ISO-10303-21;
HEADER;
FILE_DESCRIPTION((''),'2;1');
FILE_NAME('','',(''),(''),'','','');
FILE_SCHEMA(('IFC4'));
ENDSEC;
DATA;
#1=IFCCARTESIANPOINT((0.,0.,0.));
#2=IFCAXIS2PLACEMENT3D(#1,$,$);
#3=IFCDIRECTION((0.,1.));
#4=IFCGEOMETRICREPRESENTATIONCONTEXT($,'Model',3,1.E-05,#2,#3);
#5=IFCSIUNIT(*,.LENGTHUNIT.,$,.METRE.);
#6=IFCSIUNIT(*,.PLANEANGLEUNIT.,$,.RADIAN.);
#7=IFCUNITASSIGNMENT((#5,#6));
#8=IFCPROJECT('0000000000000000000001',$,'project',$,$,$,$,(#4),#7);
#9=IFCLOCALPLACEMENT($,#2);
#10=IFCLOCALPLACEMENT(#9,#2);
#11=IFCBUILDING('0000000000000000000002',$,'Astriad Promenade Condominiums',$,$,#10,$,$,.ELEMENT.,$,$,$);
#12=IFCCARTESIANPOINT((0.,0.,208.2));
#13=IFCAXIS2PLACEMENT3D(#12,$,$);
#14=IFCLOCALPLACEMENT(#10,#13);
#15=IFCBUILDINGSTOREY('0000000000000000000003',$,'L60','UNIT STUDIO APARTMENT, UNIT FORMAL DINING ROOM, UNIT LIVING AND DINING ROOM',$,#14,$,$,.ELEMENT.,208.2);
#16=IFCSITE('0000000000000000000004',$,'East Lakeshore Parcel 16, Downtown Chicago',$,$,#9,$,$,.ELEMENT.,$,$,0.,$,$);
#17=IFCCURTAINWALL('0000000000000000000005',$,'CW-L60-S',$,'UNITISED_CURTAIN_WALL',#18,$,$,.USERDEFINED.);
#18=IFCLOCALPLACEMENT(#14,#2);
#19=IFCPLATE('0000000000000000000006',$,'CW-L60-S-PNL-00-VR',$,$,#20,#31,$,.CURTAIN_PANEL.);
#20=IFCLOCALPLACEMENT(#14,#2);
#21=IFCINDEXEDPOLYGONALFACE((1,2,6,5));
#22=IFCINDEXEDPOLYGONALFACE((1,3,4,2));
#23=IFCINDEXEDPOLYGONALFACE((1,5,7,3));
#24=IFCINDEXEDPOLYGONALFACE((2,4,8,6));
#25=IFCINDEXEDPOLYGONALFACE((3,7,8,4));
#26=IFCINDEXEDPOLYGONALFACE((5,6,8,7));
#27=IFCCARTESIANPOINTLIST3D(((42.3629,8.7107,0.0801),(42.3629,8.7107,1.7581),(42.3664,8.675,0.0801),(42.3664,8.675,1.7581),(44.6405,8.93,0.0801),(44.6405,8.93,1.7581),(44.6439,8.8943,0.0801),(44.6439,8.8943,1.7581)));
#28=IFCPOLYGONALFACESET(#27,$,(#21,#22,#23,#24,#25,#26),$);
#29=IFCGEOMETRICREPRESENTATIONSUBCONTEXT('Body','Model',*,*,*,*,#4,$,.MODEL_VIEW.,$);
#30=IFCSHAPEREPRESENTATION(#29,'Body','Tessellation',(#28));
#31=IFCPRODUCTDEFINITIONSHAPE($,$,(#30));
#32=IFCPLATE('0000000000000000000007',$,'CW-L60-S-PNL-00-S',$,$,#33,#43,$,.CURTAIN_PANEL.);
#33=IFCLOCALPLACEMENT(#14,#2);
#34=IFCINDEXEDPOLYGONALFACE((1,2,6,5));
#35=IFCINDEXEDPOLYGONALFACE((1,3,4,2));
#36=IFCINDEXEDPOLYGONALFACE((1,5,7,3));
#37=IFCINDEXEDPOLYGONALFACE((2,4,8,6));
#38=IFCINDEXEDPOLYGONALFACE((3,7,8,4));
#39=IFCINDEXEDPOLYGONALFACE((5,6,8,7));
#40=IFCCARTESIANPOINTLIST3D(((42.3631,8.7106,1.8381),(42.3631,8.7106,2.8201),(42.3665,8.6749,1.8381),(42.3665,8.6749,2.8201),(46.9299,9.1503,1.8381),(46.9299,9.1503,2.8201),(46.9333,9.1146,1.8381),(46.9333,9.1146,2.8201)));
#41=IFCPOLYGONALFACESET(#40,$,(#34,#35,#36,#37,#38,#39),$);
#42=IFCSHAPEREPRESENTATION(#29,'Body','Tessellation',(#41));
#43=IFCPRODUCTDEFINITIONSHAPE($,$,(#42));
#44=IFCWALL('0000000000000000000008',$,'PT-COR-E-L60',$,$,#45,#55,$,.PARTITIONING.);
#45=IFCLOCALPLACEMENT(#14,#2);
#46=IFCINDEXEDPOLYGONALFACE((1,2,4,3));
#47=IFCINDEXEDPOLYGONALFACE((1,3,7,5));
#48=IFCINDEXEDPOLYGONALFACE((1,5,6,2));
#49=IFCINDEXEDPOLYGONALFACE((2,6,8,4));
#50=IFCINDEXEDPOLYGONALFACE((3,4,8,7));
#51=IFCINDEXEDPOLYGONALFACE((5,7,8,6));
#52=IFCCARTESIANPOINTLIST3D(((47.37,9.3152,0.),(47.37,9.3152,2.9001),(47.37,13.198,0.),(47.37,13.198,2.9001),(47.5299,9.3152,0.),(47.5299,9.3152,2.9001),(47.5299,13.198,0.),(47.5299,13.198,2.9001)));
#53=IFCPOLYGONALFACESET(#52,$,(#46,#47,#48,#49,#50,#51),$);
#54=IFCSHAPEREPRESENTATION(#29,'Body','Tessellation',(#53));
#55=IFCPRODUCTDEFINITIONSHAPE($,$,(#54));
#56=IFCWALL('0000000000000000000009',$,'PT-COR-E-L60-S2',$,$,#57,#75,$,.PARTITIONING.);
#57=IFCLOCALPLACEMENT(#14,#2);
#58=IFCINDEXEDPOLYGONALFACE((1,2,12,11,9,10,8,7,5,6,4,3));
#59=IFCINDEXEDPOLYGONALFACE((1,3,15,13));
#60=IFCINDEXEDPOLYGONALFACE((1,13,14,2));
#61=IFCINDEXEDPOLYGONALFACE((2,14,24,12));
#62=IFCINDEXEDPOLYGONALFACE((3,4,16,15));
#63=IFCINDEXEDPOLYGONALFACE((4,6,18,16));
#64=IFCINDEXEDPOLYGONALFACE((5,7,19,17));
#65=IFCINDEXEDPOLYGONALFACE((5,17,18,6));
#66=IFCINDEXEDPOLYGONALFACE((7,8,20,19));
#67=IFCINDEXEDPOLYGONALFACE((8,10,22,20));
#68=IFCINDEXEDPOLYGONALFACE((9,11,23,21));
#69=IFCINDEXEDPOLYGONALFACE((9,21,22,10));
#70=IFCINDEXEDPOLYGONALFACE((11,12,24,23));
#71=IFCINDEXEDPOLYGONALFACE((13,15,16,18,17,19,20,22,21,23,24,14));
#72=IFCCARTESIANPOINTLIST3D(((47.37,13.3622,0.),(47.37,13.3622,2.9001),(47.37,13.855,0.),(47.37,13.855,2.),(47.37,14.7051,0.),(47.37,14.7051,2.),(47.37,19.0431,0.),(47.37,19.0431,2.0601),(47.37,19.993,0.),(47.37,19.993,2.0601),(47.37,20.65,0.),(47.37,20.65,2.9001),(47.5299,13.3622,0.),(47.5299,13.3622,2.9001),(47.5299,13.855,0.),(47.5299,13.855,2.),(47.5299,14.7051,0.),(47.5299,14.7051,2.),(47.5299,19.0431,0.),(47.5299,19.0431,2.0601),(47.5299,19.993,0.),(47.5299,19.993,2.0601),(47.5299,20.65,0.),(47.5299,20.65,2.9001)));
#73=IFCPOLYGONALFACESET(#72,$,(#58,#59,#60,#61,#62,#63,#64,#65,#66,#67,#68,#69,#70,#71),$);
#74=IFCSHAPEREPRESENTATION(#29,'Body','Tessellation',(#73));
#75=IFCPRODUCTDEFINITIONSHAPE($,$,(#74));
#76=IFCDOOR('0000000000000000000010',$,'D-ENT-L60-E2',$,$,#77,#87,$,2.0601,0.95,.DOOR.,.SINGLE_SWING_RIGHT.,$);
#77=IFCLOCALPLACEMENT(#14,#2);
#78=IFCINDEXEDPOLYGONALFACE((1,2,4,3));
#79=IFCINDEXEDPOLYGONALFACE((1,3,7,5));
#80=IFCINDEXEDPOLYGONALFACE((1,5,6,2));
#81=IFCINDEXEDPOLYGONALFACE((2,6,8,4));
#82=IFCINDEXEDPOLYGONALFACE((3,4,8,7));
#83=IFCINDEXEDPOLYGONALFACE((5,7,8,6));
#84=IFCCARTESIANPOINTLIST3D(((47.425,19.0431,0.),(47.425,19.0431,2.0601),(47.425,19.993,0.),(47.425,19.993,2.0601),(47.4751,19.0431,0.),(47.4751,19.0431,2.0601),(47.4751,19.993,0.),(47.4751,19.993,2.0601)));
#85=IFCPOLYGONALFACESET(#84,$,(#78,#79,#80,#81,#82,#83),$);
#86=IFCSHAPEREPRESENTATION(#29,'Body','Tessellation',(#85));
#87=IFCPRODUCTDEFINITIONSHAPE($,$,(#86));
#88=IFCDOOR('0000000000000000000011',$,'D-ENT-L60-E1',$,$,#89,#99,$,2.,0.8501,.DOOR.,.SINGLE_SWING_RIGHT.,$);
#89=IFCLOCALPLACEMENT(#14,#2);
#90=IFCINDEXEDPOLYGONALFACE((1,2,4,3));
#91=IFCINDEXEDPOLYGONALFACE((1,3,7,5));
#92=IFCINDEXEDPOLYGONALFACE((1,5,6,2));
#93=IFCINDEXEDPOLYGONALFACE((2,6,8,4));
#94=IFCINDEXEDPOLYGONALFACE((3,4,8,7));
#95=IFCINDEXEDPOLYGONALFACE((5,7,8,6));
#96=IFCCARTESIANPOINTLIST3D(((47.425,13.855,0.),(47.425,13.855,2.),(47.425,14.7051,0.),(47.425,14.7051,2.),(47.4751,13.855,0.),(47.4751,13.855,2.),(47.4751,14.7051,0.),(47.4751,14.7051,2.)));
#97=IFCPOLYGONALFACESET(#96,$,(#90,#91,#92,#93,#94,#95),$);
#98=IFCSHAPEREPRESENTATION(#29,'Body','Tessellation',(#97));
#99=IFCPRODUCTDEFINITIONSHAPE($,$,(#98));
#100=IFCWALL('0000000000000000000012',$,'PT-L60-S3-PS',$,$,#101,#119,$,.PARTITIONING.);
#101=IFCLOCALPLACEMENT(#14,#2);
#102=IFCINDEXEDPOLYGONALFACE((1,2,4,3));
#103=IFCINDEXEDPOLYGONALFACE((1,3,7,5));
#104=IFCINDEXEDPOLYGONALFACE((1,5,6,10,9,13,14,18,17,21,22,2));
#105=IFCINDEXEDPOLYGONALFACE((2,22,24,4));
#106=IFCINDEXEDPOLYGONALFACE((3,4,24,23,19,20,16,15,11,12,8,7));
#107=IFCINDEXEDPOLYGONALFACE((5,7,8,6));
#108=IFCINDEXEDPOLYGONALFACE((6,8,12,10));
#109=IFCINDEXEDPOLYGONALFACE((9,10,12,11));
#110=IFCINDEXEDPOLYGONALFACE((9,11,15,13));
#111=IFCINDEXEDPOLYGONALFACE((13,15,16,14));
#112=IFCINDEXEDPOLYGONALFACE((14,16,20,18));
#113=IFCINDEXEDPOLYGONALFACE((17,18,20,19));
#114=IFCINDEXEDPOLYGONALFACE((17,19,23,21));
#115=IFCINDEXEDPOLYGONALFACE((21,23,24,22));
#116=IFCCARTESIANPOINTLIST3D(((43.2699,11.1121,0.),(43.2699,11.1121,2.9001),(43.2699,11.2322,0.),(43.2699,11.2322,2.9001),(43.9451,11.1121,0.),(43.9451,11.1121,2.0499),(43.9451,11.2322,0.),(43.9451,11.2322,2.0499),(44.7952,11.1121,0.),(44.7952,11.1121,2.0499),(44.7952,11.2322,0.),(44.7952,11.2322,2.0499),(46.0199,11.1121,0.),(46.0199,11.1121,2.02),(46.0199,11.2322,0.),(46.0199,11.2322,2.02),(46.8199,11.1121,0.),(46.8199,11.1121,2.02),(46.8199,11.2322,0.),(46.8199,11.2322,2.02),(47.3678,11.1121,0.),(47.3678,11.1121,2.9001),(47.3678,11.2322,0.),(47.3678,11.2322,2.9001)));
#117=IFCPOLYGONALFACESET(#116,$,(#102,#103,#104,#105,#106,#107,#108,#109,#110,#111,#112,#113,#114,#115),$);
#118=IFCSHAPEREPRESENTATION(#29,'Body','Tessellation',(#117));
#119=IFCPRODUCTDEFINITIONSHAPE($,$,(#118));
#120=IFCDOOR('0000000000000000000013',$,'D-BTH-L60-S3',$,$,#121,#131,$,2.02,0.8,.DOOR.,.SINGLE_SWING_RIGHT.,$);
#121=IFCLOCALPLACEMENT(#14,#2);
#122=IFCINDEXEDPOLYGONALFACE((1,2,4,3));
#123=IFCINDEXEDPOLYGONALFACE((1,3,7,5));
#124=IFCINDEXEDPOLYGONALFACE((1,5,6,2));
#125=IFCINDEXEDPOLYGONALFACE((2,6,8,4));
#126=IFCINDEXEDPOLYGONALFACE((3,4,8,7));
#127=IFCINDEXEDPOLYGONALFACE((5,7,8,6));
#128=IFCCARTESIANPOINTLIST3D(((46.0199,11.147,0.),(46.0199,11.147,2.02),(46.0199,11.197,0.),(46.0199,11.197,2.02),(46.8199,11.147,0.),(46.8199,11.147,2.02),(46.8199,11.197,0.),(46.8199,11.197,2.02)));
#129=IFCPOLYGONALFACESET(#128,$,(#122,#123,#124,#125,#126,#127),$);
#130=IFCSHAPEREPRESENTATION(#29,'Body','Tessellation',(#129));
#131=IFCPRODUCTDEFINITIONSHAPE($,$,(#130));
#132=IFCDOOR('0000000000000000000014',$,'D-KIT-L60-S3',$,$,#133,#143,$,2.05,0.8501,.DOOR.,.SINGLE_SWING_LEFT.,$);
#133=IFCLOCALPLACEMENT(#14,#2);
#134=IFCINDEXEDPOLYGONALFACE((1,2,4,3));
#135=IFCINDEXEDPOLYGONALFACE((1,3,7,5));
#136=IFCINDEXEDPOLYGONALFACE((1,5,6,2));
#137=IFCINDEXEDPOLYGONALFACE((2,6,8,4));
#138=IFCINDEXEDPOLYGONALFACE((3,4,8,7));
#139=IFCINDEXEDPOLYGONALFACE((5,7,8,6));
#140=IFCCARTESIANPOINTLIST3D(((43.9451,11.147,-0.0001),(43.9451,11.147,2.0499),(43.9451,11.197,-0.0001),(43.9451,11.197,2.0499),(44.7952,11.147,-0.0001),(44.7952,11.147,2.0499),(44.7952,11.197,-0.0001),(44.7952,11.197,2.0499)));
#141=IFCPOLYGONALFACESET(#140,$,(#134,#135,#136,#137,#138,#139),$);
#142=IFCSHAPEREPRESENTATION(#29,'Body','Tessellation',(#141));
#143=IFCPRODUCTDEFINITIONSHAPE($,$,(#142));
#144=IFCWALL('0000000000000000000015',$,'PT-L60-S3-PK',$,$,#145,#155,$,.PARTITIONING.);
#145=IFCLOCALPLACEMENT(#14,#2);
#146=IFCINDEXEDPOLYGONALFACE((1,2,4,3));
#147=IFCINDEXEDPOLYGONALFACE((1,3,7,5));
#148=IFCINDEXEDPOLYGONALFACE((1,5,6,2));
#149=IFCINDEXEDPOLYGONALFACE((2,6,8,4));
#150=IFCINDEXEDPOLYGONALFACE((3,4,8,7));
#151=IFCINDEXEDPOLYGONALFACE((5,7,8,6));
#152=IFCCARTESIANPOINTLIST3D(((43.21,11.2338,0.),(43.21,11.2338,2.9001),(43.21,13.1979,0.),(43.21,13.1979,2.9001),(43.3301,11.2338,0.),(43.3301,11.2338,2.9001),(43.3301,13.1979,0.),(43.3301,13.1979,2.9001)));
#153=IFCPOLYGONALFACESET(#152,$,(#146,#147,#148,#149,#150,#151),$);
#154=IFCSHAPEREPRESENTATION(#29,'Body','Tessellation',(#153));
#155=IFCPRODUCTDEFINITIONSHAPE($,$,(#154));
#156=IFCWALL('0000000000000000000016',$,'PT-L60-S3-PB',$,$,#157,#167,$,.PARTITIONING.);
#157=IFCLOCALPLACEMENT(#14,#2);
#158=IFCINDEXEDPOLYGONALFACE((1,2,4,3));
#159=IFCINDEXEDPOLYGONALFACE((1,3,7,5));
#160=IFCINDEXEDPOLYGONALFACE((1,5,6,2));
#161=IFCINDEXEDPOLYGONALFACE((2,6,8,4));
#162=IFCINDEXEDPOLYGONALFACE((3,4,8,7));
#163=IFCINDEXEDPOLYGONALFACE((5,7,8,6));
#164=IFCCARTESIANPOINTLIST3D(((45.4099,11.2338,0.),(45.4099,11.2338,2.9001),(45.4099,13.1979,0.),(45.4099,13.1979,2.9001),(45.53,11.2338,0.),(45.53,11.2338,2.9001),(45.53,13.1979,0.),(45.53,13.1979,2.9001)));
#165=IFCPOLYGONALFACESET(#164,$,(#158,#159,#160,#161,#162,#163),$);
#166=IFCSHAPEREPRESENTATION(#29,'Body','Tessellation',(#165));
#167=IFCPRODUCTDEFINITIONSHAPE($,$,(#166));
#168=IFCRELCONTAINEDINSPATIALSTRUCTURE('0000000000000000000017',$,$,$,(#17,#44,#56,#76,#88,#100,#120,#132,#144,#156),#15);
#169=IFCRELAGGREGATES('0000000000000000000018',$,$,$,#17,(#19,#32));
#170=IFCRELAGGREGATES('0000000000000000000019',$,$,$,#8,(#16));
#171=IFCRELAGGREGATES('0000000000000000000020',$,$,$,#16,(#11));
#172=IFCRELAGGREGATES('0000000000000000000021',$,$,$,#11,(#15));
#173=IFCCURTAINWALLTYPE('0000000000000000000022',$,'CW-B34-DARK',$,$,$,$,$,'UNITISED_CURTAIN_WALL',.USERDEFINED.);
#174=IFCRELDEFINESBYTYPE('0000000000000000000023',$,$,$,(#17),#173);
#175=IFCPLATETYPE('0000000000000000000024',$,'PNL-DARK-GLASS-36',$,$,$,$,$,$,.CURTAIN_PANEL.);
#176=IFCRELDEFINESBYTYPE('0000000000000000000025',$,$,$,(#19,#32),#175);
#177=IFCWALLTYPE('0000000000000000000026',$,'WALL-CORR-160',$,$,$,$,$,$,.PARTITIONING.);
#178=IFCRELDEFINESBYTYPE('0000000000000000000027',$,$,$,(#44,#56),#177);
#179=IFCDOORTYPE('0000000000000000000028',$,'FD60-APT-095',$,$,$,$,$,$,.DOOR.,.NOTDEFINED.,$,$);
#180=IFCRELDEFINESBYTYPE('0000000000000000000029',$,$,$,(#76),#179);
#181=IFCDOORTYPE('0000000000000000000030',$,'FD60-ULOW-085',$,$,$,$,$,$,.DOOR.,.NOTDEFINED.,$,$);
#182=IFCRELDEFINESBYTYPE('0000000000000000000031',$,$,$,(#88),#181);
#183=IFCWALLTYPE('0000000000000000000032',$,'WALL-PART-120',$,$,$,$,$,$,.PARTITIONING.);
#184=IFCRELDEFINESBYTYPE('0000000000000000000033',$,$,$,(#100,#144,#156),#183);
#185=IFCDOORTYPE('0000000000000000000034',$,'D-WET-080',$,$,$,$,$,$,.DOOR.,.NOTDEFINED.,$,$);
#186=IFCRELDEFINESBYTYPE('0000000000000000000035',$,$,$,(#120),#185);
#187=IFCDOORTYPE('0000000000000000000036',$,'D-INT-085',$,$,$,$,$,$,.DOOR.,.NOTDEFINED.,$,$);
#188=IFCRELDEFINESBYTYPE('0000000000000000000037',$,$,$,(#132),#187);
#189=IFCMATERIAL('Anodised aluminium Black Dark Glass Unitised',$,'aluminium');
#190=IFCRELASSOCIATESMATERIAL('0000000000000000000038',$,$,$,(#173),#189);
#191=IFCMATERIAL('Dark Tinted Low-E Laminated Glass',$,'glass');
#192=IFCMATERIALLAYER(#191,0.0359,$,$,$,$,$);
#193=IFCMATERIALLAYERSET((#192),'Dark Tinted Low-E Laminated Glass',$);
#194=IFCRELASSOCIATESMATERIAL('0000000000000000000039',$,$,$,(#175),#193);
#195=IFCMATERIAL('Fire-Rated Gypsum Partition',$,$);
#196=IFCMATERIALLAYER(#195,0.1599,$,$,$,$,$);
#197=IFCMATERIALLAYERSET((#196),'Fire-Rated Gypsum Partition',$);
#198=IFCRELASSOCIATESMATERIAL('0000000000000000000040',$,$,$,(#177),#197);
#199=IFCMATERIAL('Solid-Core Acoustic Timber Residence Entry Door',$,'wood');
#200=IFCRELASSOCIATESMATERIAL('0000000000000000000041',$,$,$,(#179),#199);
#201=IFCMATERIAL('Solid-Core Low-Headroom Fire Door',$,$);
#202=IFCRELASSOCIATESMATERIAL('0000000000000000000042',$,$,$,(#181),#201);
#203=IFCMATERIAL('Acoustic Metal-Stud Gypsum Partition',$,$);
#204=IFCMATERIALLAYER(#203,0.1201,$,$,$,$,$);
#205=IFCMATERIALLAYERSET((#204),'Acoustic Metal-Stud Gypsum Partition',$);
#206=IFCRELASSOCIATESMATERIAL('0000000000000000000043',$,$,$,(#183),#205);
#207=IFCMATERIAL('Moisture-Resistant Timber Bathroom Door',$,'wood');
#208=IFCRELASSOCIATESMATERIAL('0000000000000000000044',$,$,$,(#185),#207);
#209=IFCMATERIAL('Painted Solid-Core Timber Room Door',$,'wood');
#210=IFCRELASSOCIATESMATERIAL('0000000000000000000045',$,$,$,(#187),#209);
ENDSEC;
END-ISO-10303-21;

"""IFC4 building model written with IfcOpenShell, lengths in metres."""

from ifc_helpers import new_model, si_unit, direction, frame, frame_2d, origin, origin_2d, place, context, subcontext, project, spatial, rectangle, extrude, source, transform, mapped, material, layer, layer_set, type_object, type_shapes, element, fill, aggregate, save


model = new_model("IFC4")

# Units and contexts
model_context = context("Model", 3, precision=1e-05, world=origin(), true_north=direction((0.0, 1.0)))
body_context = subcontext(model_context, "Body", "Model", "MODEL_VIEW")
ifc_project = project(units=[si_unit("LENGTHUNIT", "METRE"), si_unit("PLANEANGLEUNIT", "RADIAN")], contexts=[model_context])

# Site, building, storey
site_placement = place(None, origin())
site = spatial("IfcSite", under=ifc_project, at=site_placement, Name="East Lakeshore Parcel 16, Downtown Chicago", CompositionType="ELEMENT", RefElevation=0.0)
building_placement = place(site_placement, origin())
building = spatial("IfcBuilding", under=site, at=building_placement, Name="Astriad Promenade Condominiums", CompositionType="ELEMENT")
storey_placement = place(building_placement, frame((0.0, 0.0, 208.2)))
storey = spatial("IfcBuildingStorey", under=building, at=storey_placement, Name="L60", Description="UNIT STUDIO APARTMENT, UNIT FORMAL DINING ROOM, UNIT LIVING AND DINING ROOM", CompositionType="ELEMENT", Elevation=208.2)

# Curtain wall, plates
ifc_material_1 = material(Name="Anodised aluminium Black Dark Glass Unitised", Category="aluminium")
curtain_wall_type = type_object("IfcCurtainWallType", Name="CW-B34-DARK", ElementType="UNITISED_CURTAIN_WALL", PredefinedType="USERDEFINED", material=ifc_material_1)
curtain_wall_placement = place(storey_placement, origin())
curtain_wall = element("IfcCurtainWall", 1, at=curtain_wall_placement, inside=storey, type_object=curtain_wall_type, Name="CW-L60-S", ObjectType="UNITISED_CURTAIN_WALL", PredefinedType="USERDEFINED")
ifc_material_2 = material(Name="Dark Tinted Low-E Laminated Glass", Category="glass")
ifc_layer_1 = layer(ifc_material_2, 0.0359)
ifc_layer_set_1 = layer_set([ifc_layer_1], Name="Dark Tinted Low-E Laminated Glass")
plate_type = type_object("IfcPlateType", Name="PNL-DARK-GLASS-36", PredefinedType="CURTAIN_PANEL", material=ifc_layer_set_1)
shared_shape_1 = source(origin(), body_context, "Body", "SweptSolid", [
    extrude(rectangle(XDim=2.2881, YDim=0.0359, at=origin_2d()), origin(), (0.0, 0.0, 1.0), 1.678),
])
plate_1_placement = place(storey_placement, frame((43.5034, 8.8025, 0.0801), z_axis=(0.0, 0.0, 1.0), x_axis=(-0.995396, -0.095846, 0.0)))
plate_1 = element("IfcPlate", 2, at=plate_1_placement, type_object=plate_type, Name="CW-L60-S-PNL-00-VR", PredefinedType="CURTAIN_PANEL", context=body_context, shape_type="MappedRepresentation", body=[
    mapped(shared_shape_1, transform((0.0, 0.0, 0.0), scale=1.0)),
])
shared_shape_2 = source(origin(), body_context, "Body", "SweptSolid", [
    extrude(rectangle(XDim=4.5879, YDim=0.0359, at=origin_2d()), origin(), (0.0, 0.0, 1.0), 0.9819),
])
type_shapes(plate_type, [shared_shape_1, shared_shape_2])
plate_2_placement = place(storey_placement, frame((44.6482, 8.9126, 1.8381), z_axis=(0.0, 0.0, 1.0), x_axis=(-0.995396, -0.095846, 0.0)))
plate_2 = element("IfcPlate", 3, at=plate_2_placement, type_object=plate_type, Name="CW-L60-S-PNL-00-S", PredefinedType="CURTAIN_PANEL", context=body_context, shape_type="MappedRepresentation", body=[
    mapped(shared_shape_2, transform((0.0, 0.0, 0.0), scale=1.0)),
])
aggregate(curtain_wall, [plate_1, plate_2])

# Wall
ifc_material_3 = material(Name="Fire-Rated Gypsum Partition")
ifc_layer_2 = layer(ifc_material_3, 0.1599)
ifc_layer_set_2 = layer_set([ifc_layer_2], Name="Fire-Rated Gypsum Partition")
wall_type_1 = type_object("IfcWallType", Name="WALL-CORR-160", PredefinedType="PARTITIONING", material=ifc_layer_set_2)
wall_1_placement = place(storey_placement, frame((47.45, 9.3152, 0.0), z_axis=(0.0, 0.0, 1.0), x_axis=(0.0, 1.0, 0.0)))
element("IfcWall", 4, at=wall_1_placement, inside=storey, type_object=wall_type_1, Name="PT-COR-E-L60", PredefinedType="PARTITIONING", context=body_context, shape_type="SweptSolid", body=[
    extrude(rectangle(XDim=3.8828, YDim=0.1599, at=frame_2d((1.9414, 0.0))), origin(), (0.0, 0.0, 1.0), 2.9001),
])

# Walls, openings, doors
wall_2_placement = place(storey_placement, frame((47.45, 13.3621, 0.0), z_axis=(0.0, 0.0, 1.0), x_axis=(0.0, 1.0, 0.0)))
wall_2 = element("IfcWall", 5, at=wall_2_placement, inside=storey, type_object=wall_type_1, Name="PT-COR-E-L60-S2", PredefinedType="PARTITIONING", context=body_context, shape_type="SweptSolid", body=[
    extrude(rectangle(XDim=7.2878, YDim=0.1599, at=frame_2d((3.644, 0.0))), origin(), (0.0, 0.0, 1.0), 2.9001),
])
opening_1_placement = place(wall_2_placement, frame((0.4929, 0.0, 0.0)))
opening_1 = element("IfcOpeningElement", 6, at=opening_1_placement, cuts=wall_2, PredefinedType="OPENING", context=body_context, shape_type="SweptSolid", body=[
    extrude(rectangle(XDim=0.8501, YDim=2.0, at=frame_2d((0.425, 1.0))), frame((0.0, 0.0898, 0.0), z_axis=(0.0, -1.0, 0.0), x_axis=(1.0, 0.0, 0.0)), (0.0, 0.0, 1.0), 0.1799),
])
opening_2_placement = place(wall_2_placement, frame((5.6809, 0.0, 0.0)))
opening_2 = element("IfcOpeningElement", 7, at=opening_2_placement, cuts=wall_2, PredefinedType="OPENING", context=body_context, shape_type="SweptSolid", body=[
    extrude(rectangle(XDim=0.95, YDim=2.0601, at=frame_2d((0.4751, 1.03))), frame((0.0, 0.0898, 0.0), z_axis=(0.0, -1.0, 0.0), x_axis=(1.0, 0.0, 0.0)), (0.0, 0.0, 1.0), 0.1799),
])
ifc_material_4 = material(Name="Solid-Core Acoustic Timber Residence Entry Door", Category="wood")
door_type_1 = type_object("IfcDoorType", Name="FD60-APT-095", OperationType="NOTDEFINED", PredefinedType="DOOR", material=ifc_material_4)
shared_shape_3 = source(origin(), body_context, "Body", "SweptSolid", [
    extrude(rectangle(XDim=0.95, YDim=2.0601, at=frame_2d((0.4751, 1.03))), frame((0.0, 0.0249, 0.0), z_axis=(0.0, -1.0, 0.0), x_axis=(1.0, 0.0, 0.0)), (0.0, 0.0, 1.0), 0.05),
])
type_shapes(door_type_1, [shared_shape_3])
door_1_placement = place(opening_2_placement, origin())
door_1 = element("IfcDoor", 8, at=door_1_placement, inside=storey, type_object=door_type_1, Name="D-ENT-L60-E2", OperationType="SINGLE_SWING_RIGHT", OverallHeight=2.0601, OverallWidth=0.95, PredefinedType="DOOR", context=body_context, shape_type="MappedRepresentation", body=[
    mapped(shared_shape_3, transform((0.0, 0.0, 0.0), scale=1.0)),
])
fill(opening_2, door_1)
ifc_material_5 = material(Name="Solid-Core Low-Headroom Fire Door")
door_type_2 = type_object("IfcDoorType", Name="FD60-ULOW-085", OperationType="NOTDEFINED", PredefinedType="DOOR", material=ifc_material_5)
shared_shape_4 = source(origin(), body_context, "Body", "SweptSolid", [
    extrude(rectangle(XDim=0.8501, YDim=2.0, at=frame_2d((0.425, 1.0))), frame((0.0, 0.0249, 0.0), z_axis=(0.0, -1.0, 0.0), x_axis=(1.0, 0.0, 0.0)), (0.0, 0.0, 1.0), 0.05),
])
type_shapes(door_type_2, [shared_shape_4])
door_2_placement = place(opening_1_placement, origin())
door_2 = element("IfcDoor", 9, at=door_2_placement, inside=storey, type_object=door_type_2, Name="D-ENT-L60-E1", OperationType="SINGLE_SWING_RIGHT", OverallHeight=2.0, OverallWidth=0.8501, PredefinedType="DOOR", context=body_context, shape_type="MappedRepresentation", body=[
    mapped(shared_shape_4, transform((0.0, 0.0, 0.0), scale=1.0)),
])
fill(opening_1, door_2)
ifc_material_6 = material(Name="Acoustic Metal-Stud Gypsum Partition")
ifc_layer_3 = layer(ifc_material_6, 0.1201)
ifc_layer_set_3 = layer_set([ifc_layer_3], Name="Acoustic Metal-Stud Gypsum Partition")
wall_type_2 = type_object("IfcWallType", Name="WALL-PART-120", PredefinedType="PARTITIONING", material=ifc_layer_set_3)
wall_3_placement = place(storey_placement, frame((43.27, 11.1721, 0.0), z_axis=(0.0, 0.0, 1.0), x_axis=(1.0, 0.0, 0.0)))
wall_3 = element("IfcWall", 10, at=wall_3_placement, inside=storey, type_object=wall_type_2, Name="PT-L60-S3-PS", PredefinedType="PARTITIONING", context=body_context, shape_type="SweptSolid", body=[
    extrude(rectangle(XDim=4.0979, YDim=0.1201, at=frame_2d((2.0488, 0.0))), origin(), (0.0, 0.0, 1.0), 2.9001),
])
opening_3_placement = place(wall_3_placement, frame((0.675, 0.0, 0.0)))
opening_3 = element("IfcOpeningElement", 11, at=opening_3_placement, cuts=wall_3, PredefinedType="OPENING", context=body_context, shape_type="SweptSolid", body=[
    extrude(rectangle(XDim=0.8501, YDim=2.05, at=frame_2d((0.425, 1.0249))), frame((0.0, 0.0701, 0.0), z_axis=(0.0, -1.0, 0.0), x_axis=(1.0, 0.0, 0.0)), (0.0, 0.0, 1.0), 0.1401),
])
opening_4_placement = place(wall_3_placement, frame((2.75, 0.0, 0.0)))
opening_4 = element("IfcOpeningElement", 12, at=opening_4_placement, cuts=wall_3, PredefinedType="OPENING", context=body_context, shape_type="SweptSolid", body=[
    extrude(rectangle(XDim=0.8, YDim=2.02, at=frame_2d((0.3999, 1.01))), frame((0.0, 0.0701, 0.0), z_axis=(0.0, -1.0, 0.0), x_axis=(1.0, 0.0, 0.0)), (0.0, 0.0, 1.0), 0.1401),
])
ifc_material_7 = material(Name="Moisture-Resistant Timber Bathroom Door", Category="wood")
door_type_3 = type_object("IfcDoorType", Name="D-WET-080", OperationType="NOTDEFINED", PredefinedType="DOOR", material=ifc_material_7)
shared_shape_5 = source(origin(), body_context, "Body", "SweptSolid", [
    extrude(rectangle(XDim=0.8, YDim=2.02, at=frame_2d((0.3999, 1.01))), frame((0.0, 0.0249, 0.0), z_axis=(0.0, -1.0, 0.0), x_axis=(1.0, 0.0, 0.0)), (0.0, 0.0, 1.0), 0.05),
])
type_shapes(door_type_3, [shared_shape_5])
door_3_placement = place(opening_4_placement, origin())
door_3 = element("IfcDoor", 13, at=door_3_placement, inside=storey, type_object=door_type_3, Name="D-BTH-L60-S3", OperationType="SINGLE_SWING_RIGHT", OverallHeight=2.02, OverallWidth=0.8, PredefinedType="DOOR", context=body_context, shape_type="MappedRepresentation", body=[
    mapped(shared_shape_5, transform((0.0, 0.0, 0.0), scale=1.0)),
])
fill(opening_4, door_3)
ifc_material_8 = material(Name="Painted Solid-Core Timber Room Door", Category="wood")
door_type_4 = type_object("IfcDoorType", Name="D-INT-085", OperationType="NOTDEFINED", PredefinedType="DOOR", material=ifc_material_8)
shared_shape_6 = source(origin(), body_context, "Body", "SweptSolid", [
    extrude(rectangle(XDim=0.8501, YDim=2.05, at=frame_2d((0.425, 1.0249))), frame((0.0, 0.0249, 0.0), z_axis=(0.0, -1.0, 0.0), x_axis=(1.0, 0.0, 0.0)), (0.0, 0.0, 1.0), 0.05),
])
type_shapes(door_type_4, [shared_shape_6])
door_4_placement = place(opening_3_placement, origin())
door_4 = element("IfcDoor", 14, at=door_4_placement, inside=storey, type_object=door_type_4, Name="D-KIT-L60-S3", OperationType="SINGLE_SWING_LEFT", OverallHeight=2.05, OverallWidth=0.8501, PredefinedType="DOOR", context=body_context, shape_type="MappedRepresentation", body=[
    mapped(shared_shape_6, transform((0.0, 0.0, 0.0), scale=1.0)),
])
fill(opening_3, door_4)

# Walls
for number, where, z_axis, x_axis, name in (
    (15, (43.27, 11.2339, 0.0), (0.0, 0.0, 1.0), (0.0, 1.0, 0.0), "PT-L60-S3-PK"),
    (16, (45.47, 11.2339, 0.0), (0.0, 0.0, 1.0), (0.0, 1.0, 0.0), "PT-L60-S3-PB"),
):
    element("IfcWall", number, at=place(storey_placement, frame(where, z_axis=z_axis, x_axis=x_axis)), inside=storey, type_object=wall_type_2, Name=name, PredefinedType="PARTITIONING", context=body_context, shape_type="SweptSolid", body=[
        extrude(rectangle(XDim=1.9641, YDim=0.1201, at=frame_2d((0.9819, 0.0))), origin(), (0.0, 0.0, 1.0), 2.9001),
    ])

save(model, "model.ifc")
